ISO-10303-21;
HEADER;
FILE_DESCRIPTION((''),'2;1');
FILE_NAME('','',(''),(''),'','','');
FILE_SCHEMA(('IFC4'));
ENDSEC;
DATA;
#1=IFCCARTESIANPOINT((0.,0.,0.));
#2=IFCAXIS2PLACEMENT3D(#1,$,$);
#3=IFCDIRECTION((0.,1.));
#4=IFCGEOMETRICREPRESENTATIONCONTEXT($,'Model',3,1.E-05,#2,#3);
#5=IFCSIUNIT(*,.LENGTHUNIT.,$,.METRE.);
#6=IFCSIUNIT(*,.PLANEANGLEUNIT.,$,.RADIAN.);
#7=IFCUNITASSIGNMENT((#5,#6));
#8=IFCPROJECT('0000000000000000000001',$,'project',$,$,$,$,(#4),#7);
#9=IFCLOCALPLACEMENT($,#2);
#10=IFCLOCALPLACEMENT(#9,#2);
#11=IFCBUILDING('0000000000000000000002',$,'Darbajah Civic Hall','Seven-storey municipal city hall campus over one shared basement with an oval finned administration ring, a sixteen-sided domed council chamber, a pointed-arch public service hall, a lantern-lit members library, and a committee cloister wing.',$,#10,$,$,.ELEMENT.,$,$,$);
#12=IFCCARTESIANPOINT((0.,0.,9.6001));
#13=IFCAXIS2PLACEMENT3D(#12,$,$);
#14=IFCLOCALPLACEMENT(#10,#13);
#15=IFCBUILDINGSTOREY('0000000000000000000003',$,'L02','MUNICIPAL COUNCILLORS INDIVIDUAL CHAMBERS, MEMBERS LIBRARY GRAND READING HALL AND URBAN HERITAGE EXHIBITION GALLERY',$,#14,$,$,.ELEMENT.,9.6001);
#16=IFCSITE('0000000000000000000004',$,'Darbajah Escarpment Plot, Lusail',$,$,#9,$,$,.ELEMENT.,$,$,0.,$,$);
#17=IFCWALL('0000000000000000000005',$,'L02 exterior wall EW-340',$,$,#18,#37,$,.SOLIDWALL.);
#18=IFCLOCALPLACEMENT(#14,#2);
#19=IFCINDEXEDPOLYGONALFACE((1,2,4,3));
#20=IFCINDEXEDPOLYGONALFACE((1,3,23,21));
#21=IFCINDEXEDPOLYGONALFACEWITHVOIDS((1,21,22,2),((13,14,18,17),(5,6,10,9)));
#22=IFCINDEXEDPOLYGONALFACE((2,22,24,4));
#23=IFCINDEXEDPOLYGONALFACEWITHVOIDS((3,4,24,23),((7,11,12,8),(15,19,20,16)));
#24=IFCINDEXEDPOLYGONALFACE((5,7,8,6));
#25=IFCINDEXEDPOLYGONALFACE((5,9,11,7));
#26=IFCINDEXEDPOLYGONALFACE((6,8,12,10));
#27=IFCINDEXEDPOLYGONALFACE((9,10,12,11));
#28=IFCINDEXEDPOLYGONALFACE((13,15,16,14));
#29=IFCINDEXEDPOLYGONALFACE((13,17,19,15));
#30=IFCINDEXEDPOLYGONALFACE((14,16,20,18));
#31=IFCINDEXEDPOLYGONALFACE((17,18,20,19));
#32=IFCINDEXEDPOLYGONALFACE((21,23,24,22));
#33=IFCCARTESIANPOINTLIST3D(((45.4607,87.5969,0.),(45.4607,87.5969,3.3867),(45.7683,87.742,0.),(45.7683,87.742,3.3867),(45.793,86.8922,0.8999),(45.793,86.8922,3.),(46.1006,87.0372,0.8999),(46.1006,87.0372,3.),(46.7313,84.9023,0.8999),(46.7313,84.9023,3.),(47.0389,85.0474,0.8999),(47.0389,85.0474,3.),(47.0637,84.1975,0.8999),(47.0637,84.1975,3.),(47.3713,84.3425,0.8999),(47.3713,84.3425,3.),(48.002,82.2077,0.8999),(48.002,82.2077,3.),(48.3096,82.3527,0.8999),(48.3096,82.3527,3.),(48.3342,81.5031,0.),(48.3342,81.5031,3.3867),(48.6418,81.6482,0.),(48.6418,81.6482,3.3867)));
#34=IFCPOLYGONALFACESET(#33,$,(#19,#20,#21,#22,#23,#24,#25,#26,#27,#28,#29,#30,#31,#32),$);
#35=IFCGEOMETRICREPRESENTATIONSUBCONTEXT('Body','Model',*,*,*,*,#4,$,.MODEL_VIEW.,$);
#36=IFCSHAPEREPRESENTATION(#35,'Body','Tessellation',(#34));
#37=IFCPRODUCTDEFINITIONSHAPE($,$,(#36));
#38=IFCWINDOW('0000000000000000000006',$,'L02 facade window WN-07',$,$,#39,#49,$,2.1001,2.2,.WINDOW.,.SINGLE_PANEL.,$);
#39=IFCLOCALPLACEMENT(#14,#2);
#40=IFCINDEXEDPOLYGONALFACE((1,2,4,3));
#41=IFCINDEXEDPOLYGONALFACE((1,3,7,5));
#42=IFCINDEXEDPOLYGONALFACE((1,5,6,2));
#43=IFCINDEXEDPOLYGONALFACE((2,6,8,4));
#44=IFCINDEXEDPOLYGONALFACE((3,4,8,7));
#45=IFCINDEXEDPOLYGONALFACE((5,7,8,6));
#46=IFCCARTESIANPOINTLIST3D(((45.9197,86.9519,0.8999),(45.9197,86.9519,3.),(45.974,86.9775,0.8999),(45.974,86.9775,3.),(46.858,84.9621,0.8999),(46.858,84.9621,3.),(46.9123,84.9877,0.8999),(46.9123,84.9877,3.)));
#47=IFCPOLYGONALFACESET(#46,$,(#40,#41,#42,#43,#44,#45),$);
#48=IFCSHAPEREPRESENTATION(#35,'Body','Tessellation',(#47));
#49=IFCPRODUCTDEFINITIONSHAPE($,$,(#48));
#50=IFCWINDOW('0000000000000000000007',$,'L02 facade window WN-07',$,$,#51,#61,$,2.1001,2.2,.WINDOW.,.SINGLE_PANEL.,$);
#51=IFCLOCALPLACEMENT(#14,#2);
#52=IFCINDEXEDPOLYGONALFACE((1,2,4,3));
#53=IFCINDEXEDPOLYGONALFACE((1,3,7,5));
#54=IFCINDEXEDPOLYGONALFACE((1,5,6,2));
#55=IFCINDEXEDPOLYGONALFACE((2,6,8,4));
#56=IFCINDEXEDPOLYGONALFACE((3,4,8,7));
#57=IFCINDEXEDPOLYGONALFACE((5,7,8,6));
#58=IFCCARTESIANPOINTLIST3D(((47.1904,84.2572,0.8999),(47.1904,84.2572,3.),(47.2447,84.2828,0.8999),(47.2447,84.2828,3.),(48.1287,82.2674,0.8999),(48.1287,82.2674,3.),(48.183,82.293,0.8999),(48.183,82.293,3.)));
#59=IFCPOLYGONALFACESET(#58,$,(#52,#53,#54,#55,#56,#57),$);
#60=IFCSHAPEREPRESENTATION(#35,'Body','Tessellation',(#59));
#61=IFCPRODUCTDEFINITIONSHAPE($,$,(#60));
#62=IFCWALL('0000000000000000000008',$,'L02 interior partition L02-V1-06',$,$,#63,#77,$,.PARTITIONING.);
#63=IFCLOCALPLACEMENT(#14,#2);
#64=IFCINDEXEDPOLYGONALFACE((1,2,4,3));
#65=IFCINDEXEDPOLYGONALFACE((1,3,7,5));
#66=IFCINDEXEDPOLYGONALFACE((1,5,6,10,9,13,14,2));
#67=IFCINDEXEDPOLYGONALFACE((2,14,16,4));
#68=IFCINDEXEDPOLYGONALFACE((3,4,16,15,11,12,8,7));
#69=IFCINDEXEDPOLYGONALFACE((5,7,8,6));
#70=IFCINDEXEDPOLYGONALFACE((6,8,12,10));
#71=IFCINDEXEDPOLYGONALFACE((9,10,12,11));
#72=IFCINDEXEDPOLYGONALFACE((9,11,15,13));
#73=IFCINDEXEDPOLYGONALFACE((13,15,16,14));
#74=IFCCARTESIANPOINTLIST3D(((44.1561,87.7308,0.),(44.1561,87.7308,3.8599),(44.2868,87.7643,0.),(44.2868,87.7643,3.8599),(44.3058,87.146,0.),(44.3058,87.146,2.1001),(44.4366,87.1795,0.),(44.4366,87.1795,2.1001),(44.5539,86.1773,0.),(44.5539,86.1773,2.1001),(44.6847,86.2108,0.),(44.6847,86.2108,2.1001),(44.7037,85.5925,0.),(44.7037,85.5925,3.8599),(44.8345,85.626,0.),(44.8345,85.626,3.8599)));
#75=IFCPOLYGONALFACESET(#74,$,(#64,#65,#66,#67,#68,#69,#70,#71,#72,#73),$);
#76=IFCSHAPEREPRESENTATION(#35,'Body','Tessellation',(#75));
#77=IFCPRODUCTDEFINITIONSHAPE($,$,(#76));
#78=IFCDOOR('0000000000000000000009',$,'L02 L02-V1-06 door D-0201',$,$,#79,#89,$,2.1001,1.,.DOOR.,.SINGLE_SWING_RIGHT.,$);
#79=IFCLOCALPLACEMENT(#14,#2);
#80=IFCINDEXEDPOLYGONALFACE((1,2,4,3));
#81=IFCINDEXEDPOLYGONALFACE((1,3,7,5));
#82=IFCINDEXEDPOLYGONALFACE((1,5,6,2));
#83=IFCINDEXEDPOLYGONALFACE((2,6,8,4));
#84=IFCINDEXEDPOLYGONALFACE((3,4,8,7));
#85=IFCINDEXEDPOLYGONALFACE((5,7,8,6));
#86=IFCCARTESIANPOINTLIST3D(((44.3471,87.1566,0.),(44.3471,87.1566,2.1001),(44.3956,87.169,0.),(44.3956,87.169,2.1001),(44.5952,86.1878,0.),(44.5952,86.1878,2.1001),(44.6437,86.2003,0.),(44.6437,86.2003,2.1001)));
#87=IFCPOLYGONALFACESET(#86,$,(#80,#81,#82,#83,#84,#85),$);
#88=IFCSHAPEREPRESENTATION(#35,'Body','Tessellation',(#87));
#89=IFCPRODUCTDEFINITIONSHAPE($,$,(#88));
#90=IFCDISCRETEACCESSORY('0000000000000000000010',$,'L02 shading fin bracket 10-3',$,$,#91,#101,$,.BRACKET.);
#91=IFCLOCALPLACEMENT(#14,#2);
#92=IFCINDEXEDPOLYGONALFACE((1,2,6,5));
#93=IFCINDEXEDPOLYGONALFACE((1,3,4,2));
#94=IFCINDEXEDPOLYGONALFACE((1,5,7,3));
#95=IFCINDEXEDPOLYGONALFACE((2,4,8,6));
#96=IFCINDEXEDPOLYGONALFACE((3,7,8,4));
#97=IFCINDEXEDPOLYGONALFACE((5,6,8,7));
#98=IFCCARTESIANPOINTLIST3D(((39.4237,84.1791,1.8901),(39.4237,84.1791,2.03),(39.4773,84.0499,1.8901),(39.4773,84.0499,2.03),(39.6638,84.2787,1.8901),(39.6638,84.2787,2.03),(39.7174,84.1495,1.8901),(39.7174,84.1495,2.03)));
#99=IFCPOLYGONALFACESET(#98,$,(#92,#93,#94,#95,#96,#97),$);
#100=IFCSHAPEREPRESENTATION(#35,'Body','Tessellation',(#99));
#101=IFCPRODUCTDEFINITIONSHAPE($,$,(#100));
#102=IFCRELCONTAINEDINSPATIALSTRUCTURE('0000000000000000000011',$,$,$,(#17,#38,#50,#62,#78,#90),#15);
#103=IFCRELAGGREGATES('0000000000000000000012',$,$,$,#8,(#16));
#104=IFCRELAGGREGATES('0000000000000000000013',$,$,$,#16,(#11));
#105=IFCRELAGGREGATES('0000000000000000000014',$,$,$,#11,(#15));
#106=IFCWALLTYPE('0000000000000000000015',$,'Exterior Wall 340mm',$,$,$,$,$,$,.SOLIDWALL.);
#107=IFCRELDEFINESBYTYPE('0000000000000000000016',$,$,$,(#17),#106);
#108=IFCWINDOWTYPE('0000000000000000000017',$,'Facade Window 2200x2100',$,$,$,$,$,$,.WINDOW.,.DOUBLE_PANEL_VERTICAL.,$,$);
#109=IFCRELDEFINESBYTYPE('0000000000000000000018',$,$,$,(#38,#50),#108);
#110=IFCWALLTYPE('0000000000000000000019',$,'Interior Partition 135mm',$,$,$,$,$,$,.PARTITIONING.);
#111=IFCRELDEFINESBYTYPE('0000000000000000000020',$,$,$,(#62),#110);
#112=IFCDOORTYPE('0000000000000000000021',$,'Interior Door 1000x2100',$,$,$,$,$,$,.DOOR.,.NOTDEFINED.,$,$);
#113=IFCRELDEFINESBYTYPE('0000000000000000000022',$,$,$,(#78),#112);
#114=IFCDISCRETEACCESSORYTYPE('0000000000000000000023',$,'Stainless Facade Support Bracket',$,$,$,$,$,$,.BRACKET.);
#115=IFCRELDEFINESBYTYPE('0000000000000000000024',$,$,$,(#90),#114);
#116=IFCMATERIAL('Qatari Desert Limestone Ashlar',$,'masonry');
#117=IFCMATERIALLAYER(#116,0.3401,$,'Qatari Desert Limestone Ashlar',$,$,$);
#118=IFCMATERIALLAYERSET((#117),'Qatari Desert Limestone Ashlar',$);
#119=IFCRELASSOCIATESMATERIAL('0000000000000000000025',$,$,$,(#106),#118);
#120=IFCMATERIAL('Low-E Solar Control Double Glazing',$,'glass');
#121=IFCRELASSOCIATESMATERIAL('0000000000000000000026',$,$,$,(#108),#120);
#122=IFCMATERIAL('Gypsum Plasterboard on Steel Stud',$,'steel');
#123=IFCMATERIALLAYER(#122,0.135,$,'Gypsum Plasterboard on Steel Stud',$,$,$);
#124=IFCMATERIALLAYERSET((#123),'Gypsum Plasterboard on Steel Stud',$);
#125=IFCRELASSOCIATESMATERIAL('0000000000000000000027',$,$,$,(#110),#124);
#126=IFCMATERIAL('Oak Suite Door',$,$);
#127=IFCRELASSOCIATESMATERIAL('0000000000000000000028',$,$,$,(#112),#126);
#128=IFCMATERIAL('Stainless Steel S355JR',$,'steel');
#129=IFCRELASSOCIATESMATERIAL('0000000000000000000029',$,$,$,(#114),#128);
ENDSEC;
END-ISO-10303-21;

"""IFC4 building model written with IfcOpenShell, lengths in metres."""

from ifc_helpers import new_model, si_unit, direction, frame, frame_2d, origin, origin_2d, place, context, subcontext, project, spatial, rectangle, extrude, material, layer, layer_set, type_object, element, fill, save


model = new_model("IFC4")

# Units and contexts
model_context = context("Model", 3, precision=1e-05, world=origin(), true_north=direction((0.0, 1.0)))
body_context = subcontext(model_context, "Body", "Model", "MODEL_VIEW")
ifc_project = project(units=[si_unit("LENGTHUNIT", "METRE"), si_unit("PLANEANGLEUNIT", "RADIAN")], contexts=[model_context])

# Site, building, storey
site_placement = place(None, origin())
site = spatial("IfcSite", under=ifc_project, at=site_placement, Name="Darbajah Escarpment Plot, Lusail", CompositionType="ELEMENT", RefElevation=0.0)
building_placement = place(site_placement, origin())
building = spatial("IfcBuilding", under=site, at=building_placement, Name="Darbajah Civic Hall", Description="Seven-storey municipal city hall campus over one shared basement with an oval finned administration ring, a sixteen-sided domed council chamber, a pointed-arch public service hall, a lantern-lit members library, and a committee cloister wing.", CompositionType="ELEMENT")
storey_placement = place(building_placement, frame((0.0, 0.0, 9.6001)))
storey = spatial("IfcBuildingStorey", under=building, at=storey_placement, Name="L02", Description="MUNICIPAL COUNCILLORS INDIVIDUAL CHAMBERS, MEMBERS LIBRARY GRAND READING HALL AND URBAN HERITAGE EXHIBITION GALLERY", CompositionType="ELEMENT", Elevation=9.6001)

# Shared definitions
ifc_material_1 = material(Name="Low-E Solar Control Double Glazing", Category="glass")

# Wall, openings, windows
ifc_material_2 = material(Name="Qatari Desert Limestone Ashlar", Category="masonry")
ifc_layer_1 = layer(ifc_material_2, 0.3401, Name="Qatari Desert Limestone Ashlar")
ifc_layer_set_1 = layer_set([ifc_layer_1], Name="Qatari Desert Limestone Ashlar")
wall_type_1 = type_object("IfcWallType", Name="Exterior Wall 340mm", PredefinedType="SOLIDWALL", material=ifc_layer_set_1)
wall_1_placement = place(storey_placement, frame((45.6145, 87.6694, 0.0), z_axis=(0.0, 0.0, 1.0), x_axis=(0.426512, -0.904482, 0.0)))
wall_1 = element("IfcWall", 1, at=wall_1_placement, inside=storey, type_object=wall_type_1, Name="L02 exterior wall EW-340", PredefinedType="SOLIDWALL", context=body_context, shape_type="SweptSolid", body=[
    extrude(rectangle(XDim=6.7373, YDim=0.3401, at=frame_2d((3.3687, 0.0))), origin(), (0.0, 0.0, 1.0), 3.3867),
])
opening_1_placement = place(wall_1_placement, frame((0.7791, 0.0, 0.8999)))
opening_1 = element("IfcOpeningElement", 2, at=opening_1_placement, cuts=wall_1, PredefinedType="OPENING", context=body_context, shape_type="SweptSolid", body=[
    extrude(rectangle(XDim=2.2, YDim=2.1001, at=frame_2d((1.1001, 1.05))), frame((0.0, 0.1799, 0.0), z_axis=(0.0, -1.0, 0.0), x_axis=(1.0, 0.0, 0.0)), (0.0, 0.0, 1.0), 0.3601),
])
opening_2_placement = place(wall_1_placement, frame((3.7583, 0.0, 0.8999)))
opening_2 = element("IfcOpeningElement", 3, at=opening_2_placement, cuts=wall_1, PredefinedType="OPENING", context=body_context, shape_type="SweptSolid", body=[
    extrude(rectangle(XDim=2.2, YDim=2.1001, at=frame_2d((1.1001, 1.05))), frame((0.0, 0.1799, 0.0), z_axis=(0.0, -1.0, 0.0), x_axis=(1.0, 0.0, 0.0)), (0.0, 0.0, 1.0), 0.3601),
])
window_type = type_object("IfcWindowType", Name="Facade Window 2200x2100", PartitioningType="DOUBLE_PANEL_VERTICAL", PredefinedType="WINDOW", material=ifc_material_1)
window_1_placement = place(opening_1_placement, origin())
window_1 = element("IfcWindow", 4, at=window_1_placement, inside=storey, type_object=window_type, Name="L02 facade window WN-07", OverallHeight=2.1001, OverallWidth=2.2, PartitioningType="SINGLE_PANEL", PredefinedType="WINDOW", context=body_context, shape_type="SweptSolid", body=[
    extrude(rectangle(XDim=2.2, YDim=2.1001, at=frame_2d((1.1001, 1.05))), frame((0.0, 0.03, 0.0), z_axis=(0.0, -1.0, 0.0), x_axis=(1.0, 0.0, 0.0)), (0.0, 0.0, 1.0), 0.0601),
])
fill(opening_1, window_1)
window_2_placement = place(opening_2_placement, origin())
window_2 = element("IfcWindow", 5, at=window_2_placement, inside=storey, type_object=window_type, Name="L02 facade window WN-07", OverallHeight=2.1001, OverallWidth=2.2, PartitioningType="SINGLE_PANEL", PredefinedType="WINDOW", context=body_context, shape_type="SweptSolid", body=[
    extrude(rectangle(XDim=2.2, YDim=2.1001, at=frame_2d((1.1001, 1.05))), frame((0.0, 0.03, 0.0), z_axis=(0.0, -1.0, 0.0), x_axis=(1.0, 0.0, 0.0)), (0.0, 0.0, 1.0), 0.0601),
])
fill(opening_2, window_2)

# Wall, opening, door
ifc_material_3 = material(Name="Gypsum Plasterboard on Steel Stud", Category="steel")
ifc_layer_2 = layer(ifc_material_3, 0.135, Name="Gypsum Plasterboard on Steel Stud")
ifc_layer_set_2 = layer_set([ifc_layer_2], Name="Gypsum Plasterboard on Steel Stud")
wall_type_2 = type_object("IfcWallType", Name="Interior Partition 135mm", PredefinedType="PARTITIONING", material=ifc_layer_set_2)
wall_2_placement = place(storey_placement, frame((44.769, 85.6094, 0.0), z_axis=(0.0, 0.0, 1.0), x_axis=(-0.248101, 0.968734, 0.0)))
wall_2 = element("IfcWall", 6, at=wall_2_placement, inside=storey, type_object=wall_type_2, Name="L02 interior partition L02-V1-06", PredefinedType="PARTITIONING", context=body_context, shape_type="SweptSolid", body=[
    extrude(rectangle(XDim=2.2073, YDim=0.135, at=frame_2d((1.1035, 0.0))), origin(), (0.0, 0.0, 1.0), 3.8599),
])
opening_3_placement = place(wall_2_placement, frame((0.6035, 0.0, 0.0)))
opening_3 = element("IfcOpeningElement", 7, at=opening_3_placement, cuts=wall_2, PredefinedType="OPENING", context=body_context, shape_type="SweptSolid", body=[
    extrude(rectangle(XDim=1.0, YDim=2.1001, at=frame_2d((0.5, 1.05))), frame((0.0, 0.0774, 0.0), z_axis=(0.0, -1.0, 0.0), x_axis=(1.0, 0.0, 0.0)), (0.0, 0.0, 1.0), 0.155),
])
ifc_material_4 = material(Name="Oak Suite Door")
door_type = type_object("IfcDoorType", Name="Interior Door 1000x2100", OperationType="NOTDEFINED", PredefinedType="DOOR", material=ifc_material_4)
door_placement = place(opening_3_placement, origin())
door = element("IfcDoor", 8, at=door_placement, inside=storey, type_object=door_type, Name="L02 L02-V1-06 door D-0201", OperationType="SINGLE_SWING_RIGHT", OverallHeight=2.1001, OverallWidth=1.0, PredefinedType="DOOR", context=body_context, shape_type="SweptSolid", body=[
    extrude(rectangle(XDim=1.0, YDim=2.1001, at=frame_2d((0.5, 1.05))), frame((0.0, 0.0249, 0.0), z_axis=(0.0, -1.0, 0.0), x_axis=(1.0, 0.0, 0.0)), (0.0, 0.0, 1.0), 0.05),
])
fill(opening_3, door)

# Discrete accessory
ifc_material_5 = material(Name="Stainless Steel S355JR", Category="steel")
discrete_accessory_type = type_object("IfcDiscreteAccessoryType", Name="Stainless Facade Support Bracket", PredefinedType="BRACKET", material=ifc_material_5)
discrete_accessory_placement = place(storey_placement, frame((39.5706, 84.1643, 1.8901), z_axis=(0.0, 0.0, 1.0), x_axis=(-0.923612, -0.383328, 0.0)))
element("IfcDiscreteAccessory", 9, at=discrete_accessory_placement, inside=storey, type_object=discrete_accessory_type, Name="L02 shading fin bracket 10-3", PredefinedType="BRACKET", context=body_context, shape_type="SweptSolid", body=[
    extrude(rectangle(XDim=0.26, YDim=0.1399, at=origin_2d()), origin(), (0.0, 0.0, 1.0), 0.1399),
])

save(model, "model.ifc")
